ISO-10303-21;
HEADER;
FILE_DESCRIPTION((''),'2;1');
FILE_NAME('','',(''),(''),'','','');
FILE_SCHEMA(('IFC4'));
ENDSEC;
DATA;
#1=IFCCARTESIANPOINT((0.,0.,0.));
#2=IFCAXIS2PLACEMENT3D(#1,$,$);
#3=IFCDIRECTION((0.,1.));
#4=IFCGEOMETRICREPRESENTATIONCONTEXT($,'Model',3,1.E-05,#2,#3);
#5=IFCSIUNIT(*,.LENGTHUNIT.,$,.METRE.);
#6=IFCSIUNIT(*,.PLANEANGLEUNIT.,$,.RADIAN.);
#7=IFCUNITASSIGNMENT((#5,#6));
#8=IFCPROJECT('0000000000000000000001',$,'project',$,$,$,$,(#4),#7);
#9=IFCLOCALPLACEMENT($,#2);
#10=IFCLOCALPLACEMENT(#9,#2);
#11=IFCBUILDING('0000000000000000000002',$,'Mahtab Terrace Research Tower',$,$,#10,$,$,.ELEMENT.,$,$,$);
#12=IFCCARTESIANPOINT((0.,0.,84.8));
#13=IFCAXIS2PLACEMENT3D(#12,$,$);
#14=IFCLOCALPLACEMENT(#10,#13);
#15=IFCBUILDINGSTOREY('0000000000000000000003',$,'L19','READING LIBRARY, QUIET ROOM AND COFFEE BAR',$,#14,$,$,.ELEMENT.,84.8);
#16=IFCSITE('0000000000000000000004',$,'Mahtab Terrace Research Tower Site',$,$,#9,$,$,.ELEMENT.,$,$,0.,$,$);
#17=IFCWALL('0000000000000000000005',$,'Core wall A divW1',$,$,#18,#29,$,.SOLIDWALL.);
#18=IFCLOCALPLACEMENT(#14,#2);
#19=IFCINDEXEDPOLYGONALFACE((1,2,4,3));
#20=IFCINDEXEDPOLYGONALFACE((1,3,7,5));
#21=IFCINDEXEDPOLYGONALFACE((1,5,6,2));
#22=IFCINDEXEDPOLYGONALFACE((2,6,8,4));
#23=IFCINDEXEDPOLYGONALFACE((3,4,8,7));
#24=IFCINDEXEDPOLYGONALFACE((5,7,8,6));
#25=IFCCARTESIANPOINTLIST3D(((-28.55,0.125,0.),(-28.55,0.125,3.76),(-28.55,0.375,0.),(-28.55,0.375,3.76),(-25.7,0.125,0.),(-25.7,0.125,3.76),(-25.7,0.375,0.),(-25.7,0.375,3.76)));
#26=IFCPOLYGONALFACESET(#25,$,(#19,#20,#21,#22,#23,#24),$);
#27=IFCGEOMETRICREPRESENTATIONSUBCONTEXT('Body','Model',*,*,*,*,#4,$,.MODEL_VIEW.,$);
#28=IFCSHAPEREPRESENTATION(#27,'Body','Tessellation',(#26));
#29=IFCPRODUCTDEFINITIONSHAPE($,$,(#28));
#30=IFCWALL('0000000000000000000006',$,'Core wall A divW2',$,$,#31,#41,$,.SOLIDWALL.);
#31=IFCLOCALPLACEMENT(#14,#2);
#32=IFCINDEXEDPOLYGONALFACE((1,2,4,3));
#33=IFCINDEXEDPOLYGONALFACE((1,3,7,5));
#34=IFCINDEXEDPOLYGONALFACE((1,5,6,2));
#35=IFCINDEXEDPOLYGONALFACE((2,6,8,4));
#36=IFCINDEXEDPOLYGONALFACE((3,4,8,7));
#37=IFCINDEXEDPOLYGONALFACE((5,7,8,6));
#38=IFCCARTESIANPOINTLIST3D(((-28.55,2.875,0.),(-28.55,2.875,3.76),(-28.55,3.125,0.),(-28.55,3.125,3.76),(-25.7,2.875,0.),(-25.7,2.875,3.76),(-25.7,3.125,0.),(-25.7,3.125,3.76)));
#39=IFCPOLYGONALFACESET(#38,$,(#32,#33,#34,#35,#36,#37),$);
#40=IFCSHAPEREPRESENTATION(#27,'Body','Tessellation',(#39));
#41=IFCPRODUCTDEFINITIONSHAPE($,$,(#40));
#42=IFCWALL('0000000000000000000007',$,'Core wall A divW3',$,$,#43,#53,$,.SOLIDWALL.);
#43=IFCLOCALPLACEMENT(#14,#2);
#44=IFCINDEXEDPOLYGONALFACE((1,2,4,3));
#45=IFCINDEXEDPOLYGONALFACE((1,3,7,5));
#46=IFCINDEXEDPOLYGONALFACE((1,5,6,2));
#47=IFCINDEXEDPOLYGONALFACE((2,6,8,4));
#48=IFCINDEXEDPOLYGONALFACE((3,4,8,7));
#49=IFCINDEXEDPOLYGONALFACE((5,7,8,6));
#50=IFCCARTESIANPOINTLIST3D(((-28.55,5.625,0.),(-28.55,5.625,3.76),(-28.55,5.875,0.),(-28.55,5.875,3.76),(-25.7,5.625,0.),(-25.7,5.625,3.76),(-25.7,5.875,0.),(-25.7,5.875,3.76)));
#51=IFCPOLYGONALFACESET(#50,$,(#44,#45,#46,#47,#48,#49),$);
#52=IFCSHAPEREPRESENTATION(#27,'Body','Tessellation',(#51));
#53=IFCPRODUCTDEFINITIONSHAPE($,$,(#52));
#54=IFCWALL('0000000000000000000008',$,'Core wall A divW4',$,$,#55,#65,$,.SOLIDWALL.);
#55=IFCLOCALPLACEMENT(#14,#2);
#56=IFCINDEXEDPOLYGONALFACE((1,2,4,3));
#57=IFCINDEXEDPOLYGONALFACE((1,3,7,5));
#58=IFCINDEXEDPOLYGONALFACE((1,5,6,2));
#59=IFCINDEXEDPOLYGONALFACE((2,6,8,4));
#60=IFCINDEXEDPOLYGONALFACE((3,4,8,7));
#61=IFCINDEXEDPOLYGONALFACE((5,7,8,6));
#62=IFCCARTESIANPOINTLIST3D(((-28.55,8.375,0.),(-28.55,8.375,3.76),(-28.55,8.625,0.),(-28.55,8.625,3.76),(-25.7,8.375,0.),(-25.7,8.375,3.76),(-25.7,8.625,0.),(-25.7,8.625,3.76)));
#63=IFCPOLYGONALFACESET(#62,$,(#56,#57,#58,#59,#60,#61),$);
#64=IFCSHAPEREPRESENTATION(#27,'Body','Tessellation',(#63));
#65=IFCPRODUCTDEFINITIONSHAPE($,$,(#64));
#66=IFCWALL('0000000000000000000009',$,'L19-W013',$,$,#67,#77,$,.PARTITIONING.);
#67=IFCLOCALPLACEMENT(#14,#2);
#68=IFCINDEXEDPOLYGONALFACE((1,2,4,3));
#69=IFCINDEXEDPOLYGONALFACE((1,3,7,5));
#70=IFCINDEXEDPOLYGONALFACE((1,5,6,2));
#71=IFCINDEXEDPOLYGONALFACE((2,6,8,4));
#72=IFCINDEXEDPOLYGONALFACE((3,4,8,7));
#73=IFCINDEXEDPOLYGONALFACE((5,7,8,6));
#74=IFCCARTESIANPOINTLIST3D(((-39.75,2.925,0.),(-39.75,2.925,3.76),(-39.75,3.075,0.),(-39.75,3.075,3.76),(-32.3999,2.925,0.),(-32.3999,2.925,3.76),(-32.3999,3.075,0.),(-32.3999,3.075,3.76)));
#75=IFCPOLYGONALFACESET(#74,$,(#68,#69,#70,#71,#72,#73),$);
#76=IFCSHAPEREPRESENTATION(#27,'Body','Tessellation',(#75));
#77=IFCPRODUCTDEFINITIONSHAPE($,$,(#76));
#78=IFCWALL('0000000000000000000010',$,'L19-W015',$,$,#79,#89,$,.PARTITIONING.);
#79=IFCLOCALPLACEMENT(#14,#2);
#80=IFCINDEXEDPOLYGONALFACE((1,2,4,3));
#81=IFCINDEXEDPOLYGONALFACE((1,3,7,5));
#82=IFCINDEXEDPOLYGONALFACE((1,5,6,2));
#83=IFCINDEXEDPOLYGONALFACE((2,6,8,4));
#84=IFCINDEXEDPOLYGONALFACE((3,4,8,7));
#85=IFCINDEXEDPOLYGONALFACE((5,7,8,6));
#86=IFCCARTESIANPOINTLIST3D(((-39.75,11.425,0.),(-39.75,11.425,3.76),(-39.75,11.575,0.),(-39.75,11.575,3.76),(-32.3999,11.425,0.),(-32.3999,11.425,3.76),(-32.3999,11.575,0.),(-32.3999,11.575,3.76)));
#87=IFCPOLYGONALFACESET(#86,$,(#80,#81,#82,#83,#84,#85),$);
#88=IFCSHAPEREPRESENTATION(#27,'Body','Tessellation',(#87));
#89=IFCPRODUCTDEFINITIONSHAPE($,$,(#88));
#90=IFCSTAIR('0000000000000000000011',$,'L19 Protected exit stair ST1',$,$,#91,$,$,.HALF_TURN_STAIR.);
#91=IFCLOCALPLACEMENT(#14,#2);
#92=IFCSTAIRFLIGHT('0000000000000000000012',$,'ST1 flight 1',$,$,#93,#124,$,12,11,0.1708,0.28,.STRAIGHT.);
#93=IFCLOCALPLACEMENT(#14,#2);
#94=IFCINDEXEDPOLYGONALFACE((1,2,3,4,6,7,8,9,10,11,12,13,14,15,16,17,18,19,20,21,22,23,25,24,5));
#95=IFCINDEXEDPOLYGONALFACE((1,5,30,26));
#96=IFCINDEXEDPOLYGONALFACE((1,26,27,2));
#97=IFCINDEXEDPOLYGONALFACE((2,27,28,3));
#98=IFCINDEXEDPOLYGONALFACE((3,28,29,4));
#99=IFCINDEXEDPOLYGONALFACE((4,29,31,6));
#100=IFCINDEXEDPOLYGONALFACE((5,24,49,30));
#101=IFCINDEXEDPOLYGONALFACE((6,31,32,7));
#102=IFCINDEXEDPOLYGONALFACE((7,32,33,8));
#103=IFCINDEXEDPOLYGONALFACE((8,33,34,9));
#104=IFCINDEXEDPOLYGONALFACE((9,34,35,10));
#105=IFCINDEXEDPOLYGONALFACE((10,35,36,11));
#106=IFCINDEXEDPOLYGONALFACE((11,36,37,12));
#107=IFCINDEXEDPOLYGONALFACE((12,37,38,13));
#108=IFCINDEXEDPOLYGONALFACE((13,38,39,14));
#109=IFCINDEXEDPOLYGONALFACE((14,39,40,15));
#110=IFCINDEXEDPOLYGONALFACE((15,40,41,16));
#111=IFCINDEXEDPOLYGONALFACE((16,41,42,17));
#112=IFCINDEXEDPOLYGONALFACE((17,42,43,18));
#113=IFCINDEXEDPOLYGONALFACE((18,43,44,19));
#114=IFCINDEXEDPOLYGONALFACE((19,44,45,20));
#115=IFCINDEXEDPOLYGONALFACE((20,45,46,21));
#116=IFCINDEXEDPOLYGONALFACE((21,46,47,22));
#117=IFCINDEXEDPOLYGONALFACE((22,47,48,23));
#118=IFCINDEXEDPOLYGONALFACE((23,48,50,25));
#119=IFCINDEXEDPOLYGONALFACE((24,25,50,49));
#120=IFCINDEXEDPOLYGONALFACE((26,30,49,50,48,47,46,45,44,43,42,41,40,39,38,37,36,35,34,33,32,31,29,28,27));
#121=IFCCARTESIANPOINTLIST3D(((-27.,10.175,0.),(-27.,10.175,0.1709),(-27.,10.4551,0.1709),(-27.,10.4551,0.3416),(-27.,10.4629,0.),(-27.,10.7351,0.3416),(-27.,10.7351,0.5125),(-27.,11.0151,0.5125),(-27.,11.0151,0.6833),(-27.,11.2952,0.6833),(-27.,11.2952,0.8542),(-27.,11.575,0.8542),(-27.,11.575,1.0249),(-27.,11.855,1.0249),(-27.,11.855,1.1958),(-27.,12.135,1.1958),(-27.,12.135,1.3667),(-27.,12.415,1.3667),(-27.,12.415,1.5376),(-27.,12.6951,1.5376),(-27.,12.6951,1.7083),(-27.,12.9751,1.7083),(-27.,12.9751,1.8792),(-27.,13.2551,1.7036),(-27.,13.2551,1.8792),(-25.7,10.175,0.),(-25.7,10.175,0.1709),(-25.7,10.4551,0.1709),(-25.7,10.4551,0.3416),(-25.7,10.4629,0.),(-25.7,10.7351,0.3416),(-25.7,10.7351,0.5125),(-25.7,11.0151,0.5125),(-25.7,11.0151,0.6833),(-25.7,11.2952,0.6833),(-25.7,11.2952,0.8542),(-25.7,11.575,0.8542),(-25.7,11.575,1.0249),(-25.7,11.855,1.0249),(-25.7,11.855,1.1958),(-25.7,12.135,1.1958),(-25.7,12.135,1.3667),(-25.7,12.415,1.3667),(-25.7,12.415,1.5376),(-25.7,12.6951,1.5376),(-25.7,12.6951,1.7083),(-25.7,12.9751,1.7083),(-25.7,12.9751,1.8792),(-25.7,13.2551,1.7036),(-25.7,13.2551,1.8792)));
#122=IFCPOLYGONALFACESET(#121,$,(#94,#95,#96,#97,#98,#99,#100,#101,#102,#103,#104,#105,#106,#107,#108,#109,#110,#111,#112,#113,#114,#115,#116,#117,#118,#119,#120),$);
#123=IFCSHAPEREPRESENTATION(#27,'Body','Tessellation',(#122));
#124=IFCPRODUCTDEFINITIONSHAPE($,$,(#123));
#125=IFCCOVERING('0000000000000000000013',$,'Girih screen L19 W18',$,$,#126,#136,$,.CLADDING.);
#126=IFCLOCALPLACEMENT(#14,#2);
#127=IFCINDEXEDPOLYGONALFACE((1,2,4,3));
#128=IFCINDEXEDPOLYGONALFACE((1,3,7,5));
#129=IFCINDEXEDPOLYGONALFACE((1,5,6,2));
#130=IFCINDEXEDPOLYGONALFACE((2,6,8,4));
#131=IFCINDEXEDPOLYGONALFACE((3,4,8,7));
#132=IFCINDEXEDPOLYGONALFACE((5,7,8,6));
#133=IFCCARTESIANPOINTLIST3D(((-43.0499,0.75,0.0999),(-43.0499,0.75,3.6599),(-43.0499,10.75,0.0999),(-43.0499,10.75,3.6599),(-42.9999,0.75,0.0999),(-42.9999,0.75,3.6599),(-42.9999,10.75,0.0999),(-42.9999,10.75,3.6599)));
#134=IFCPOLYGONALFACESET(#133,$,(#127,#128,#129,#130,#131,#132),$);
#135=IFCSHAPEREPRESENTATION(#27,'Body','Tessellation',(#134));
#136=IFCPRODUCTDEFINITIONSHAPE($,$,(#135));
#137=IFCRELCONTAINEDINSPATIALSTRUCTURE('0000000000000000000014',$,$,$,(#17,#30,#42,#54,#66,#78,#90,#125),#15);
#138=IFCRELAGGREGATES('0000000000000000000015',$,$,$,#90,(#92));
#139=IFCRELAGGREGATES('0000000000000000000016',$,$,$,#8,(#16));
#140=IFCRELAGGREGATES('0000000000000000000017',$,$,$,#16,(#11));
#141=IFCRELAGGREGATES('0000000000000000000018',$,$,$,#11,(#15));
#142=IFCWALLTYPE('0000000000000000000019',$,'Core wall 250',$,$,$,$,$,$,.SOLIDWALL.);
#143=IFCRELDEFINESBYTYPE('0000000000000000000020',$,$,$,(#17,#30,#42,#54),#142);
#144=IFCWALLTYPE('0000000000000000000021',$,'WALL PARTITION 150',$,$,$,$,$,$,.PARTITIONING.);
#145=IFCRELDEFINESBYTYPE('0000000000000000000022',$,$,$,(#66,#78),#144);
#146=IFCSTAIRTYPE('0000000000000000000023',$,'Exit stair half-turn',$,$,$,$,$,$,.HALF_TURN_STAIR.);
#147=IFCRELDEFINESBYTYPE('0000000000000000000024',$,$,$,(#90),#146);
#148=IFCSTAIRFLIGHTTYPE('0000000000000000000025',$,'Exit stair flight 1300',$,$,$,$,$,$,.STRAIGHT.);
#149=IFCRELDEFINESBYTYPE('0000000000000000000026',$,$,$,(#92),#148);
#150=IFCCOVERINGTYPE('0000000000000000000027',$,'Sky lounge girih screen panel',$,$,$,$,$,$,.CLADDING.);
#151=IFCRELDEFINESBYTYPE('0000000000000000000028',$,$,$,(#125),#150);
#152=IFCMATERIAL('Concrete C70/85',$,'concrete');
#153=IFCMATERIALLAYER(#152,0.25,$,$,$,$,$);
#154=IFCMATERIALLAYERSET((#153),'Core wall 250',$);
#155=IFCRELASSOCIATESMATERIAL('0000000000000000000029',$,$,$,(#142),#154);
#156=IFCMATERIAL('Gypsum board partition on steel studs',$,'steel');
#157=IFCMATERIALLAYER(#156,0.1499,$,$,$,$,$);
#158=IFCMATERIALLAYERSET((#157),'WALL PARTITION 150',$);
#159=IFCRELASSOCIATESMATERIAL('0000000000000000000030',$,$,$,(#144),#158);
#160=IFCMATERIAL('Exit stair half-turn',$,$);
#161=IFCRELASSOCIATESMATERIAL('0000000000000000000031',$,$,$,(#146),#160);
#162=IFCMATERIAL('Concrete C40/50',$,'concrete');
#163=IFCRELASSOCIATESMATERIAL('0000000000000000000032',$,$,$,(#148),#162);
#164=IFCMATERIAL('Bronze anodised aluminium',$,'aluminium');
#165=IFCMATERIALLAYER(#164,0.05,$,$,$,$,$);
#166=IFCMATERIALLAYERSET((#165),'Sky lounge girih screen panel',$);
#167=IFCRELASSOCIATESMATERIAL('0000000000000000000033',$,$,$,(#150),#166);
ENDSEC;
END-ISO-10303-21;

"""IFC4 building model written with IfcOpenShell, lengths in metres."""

from ifc_helpers import new_model, si_unit, direction, frame, frame_2d, origin, origin_2d, place, context, subcontext, project, spatial, polyline, rectangle, outline, extrude, material, layer, layer_set, type_object, element, aggregate, save


model = new_model("IFC4")

# Units and contexts
model_context = context("Model", 3, precision=1e-05, world=origin(), true_north=direction((0.0, 1.0)))
body_context = subcontext(model_context, "Body", "Model", "MODEL_VIEW")
ifc_project = project(units=[si_unit("LENGTHUNIT", "METRE"), si_unit("PLANEANGLEUNIT", "RADIAN")], contexts=[model_context])

# Site, building, storey
site_placement = place(None, origin())
site = spatial("IfcSite", under=ifc_project, at=site_placement, Name="Mahtab Terrace Research Tower Site", CompositionType="ELEMENT", RefElevation=0.0)
building_placement = place(site_placement, origin())
building = spatial("IfcBuilding", under=site, at=building_placement, Name="Mahtab Terrace Research Tower", CompositionType="ELEMENT")
storey_placement = place(building_placement, frame((0.0, 0.0, 84.8)))
storey = spatial("IfcBuildingStorey", under=building, at=storey_placement, Name="L19", Description="READING LIBRARY, QUIET ROOM AND COFFEE BAR", CompositionType="ELEMENT", Elevation=84.8)

# Shared definitions
ifc_material_1 = material(Name="Concrete C70/85", Category="concrete")

# Walls
ifc_layer_1 = layer(ifc_material_1, 0.25)
ifc_layer_set_1 = layer_set([ifc_layer_1], Name="Core wall 250")
wall_type_1 = type_object("IfcWallType", Name="Core wall 250", PredefinedType="SOLIDWALL", material=ifc_layer_set_1)
for number, where, z_axis, x_axis, name in (
    (1, (-28.55, 0.25, 0.0), (0.0, 0.0, 1.0), (1.0, 0.0, 0.0), "Core wall A divW1"),
    (2, (-28.55, 3.0, 0.0), (0.0, 0.0, 1.0), (1.0, 0.0, 0.0), "Core wall A divW2"),
    (3, (-28.55, 5.75, 0.0), (0.0, 0.0, 1.0), (1.0, 0.0, 0.0), "Core wall A divW3"),
    (4, (-28.55, 8.5, 0.0), (0.0, 0.0, 1.0), (1.0, 0.0, 0.0), "Core wall A divW4"),
):
    element("IfcWall", number, at=place(storey_placement, frame(where, z_axis=z_axis, x_axis=x_axis)), inside=storey, type_object=wall_type_1, Name=name, PredefinedType="SOLIDWALL", context=body_context, shape_type="SweptSolid", body=[
        extrude(rectangle(XDim=2.8501, YDim=0.25, at=frame_2d((1.425, 0.0))), origin(), (0.0, 0.0, 1.0), 3.76),
    ])
ifc_material_2 = material(Name="Gypsum board partition on steel studs", Category="steel")
ifc_layer_2 = layer(ifc_material_2, 0.1499)
ifc_layer_set_2 = layer_set([ifc_layer_2], Name="WALL PARTITION 150")
wall_type_2 = type_object("IfcWallType", Name="WALL PARTITION 150", PredefinedType="PARTITIONING", material=ifc_layer_set_2)
for number, where, z_axis, x_axis, name in (
    (5, (-39.75, 3.0, 0.0), (0.0, 0.0, 1.0), (1.0, 0.0, 0.0), "L19-W013"),
    (6, (-39.75, 11.5, 0.0), (0.0, 0.0, 1.0), (1.0, 0.0, 0.0), "L19-W015"),
):
    element("IfcWall", number, at=place(storey_placement, frame(where, z_axis=z_axis, x_axis=x_axis)), inside=storey, type_object=wall_type_2, Name=name, PredefinedType="PARTITIONING", context=body_context, shape_type="SweptSolid", body=[
        extrude(rectangle(XDim=7.3501, YDim=0.1499, at=frame_2d((3.675, 0.0))), origin(), (0.0, 0.0, 1.0), 3.76),
    ])

# Stair, stair flight
ifc_material_3 = material(Name="Exit stair half-turn")
stair_type = type_object("IfcStairType", Name="Exit stair half-turn", PredefinedType="HALF_TURN_STAIR", material=ifc_material_3)
stair_placement = place(storey_placement, origin())
stair = element("IfcStair", 7, at=stair_placement, inside=storey, type_object=stair_type, Name="L19 Protected exit stair ST1", PredefinedType="HALF_TURN_STAIR")
ifc_material_4 = material(Name="Concrete C40/50", Category="concrete")
stair_flight_type = type_object("IfcStairFlightType", Name="Exit stair flight 1300", PredefinedType="STRAIGHT", material=ifc_material_4)
stair_flight_placement = place(storey_placement, frame((-26.3501, 10.175, 0.0), z_axis=(0.0, 0.0, 1.0), x_axis=(0.0, 1.0, 0.0)))
stair_flight = element("IfcStairFlight", 8, at=stair_flight_placement, type_object=stair_flight_type, Name="ST1 flight 1", NumberOfRisers=12, NumberOfTreads=11, PredefinedType="STRAIGHT", RiserHeight=0.1708, TreadLength=0.28, context=body_context, shape_type="SweptSolid", body=[
    extrude(outline(polyline([(0.0, 0.0), (0.0, 0.1709), (0.28, 0.1709), (0.28, 0.3416), (0.5601, 0.3416), (0.5601, 0.5125), (0.8401, 0.5125), (0.8401, 0.6833), (1.1201, 0.6833), (1.1201, 0.8542), (1.3999, 0.8542), (1.3999, 1.0249), (1.6799, 1.0249), (1.6799, 1.1958), (1.96, 1.1958), (1.96, 1.3667), (2.24, 1.3667), (2.24, 1.5376), (2.52, 1.5376), (2.52, 1.7083), (2.8, 1.7083), (2.8, 1.8792), (3.0801, 1.8792), (3.0801, 2.05), (3.0801, 1.7036), (0.2878, 0.0), (0.0, 0.0)])), frame((0.0, 0.6499, 0.0), z_axis=(0.0, -1.0, 0.0), x_axis=(1.0, 0.0, 0.0)), (0.0, 0.0, 1.0), 1.3),
])
aggregate(stair, [stair_flight])

# Covering
ifc_material_5 = material(Name="Bronze anodised aluminium", Category="aluminium")
ifc_layer_3 = layer(ifc_material_5, 0.05)
ifc_layer_set_3 = layer_set([ifc_layer_3], Name="Sky lounge girih screen panel")
covering_type_1 = type_object("IfcCoveringType", Name="Sky lounge girih screen panel", PredefinedType="CLADDING", material=ifc_layer_set_3)
covering_placement = place(storey_placement, frame((-43.0249, 5.75, 0.0999), z_axis=(0.0, 0.0, 1.0), x_axis=(0.0, -1.0, 0.0)))
element("IfcCovering", 9, at=covering_placement, inside=storey, type_object=covering_type_1, Name="Girih screen L19 W18", PredefinedType="CLADDING", context=body_context, shape_type="SweptSolid", body=[
    extrude(rectangle(XDim=10.0, YDim=0.05, at=origin_2d()), origin(), (0.0, 0.0, 1.0), 3.5601),
])

save(model, "model.ifc")
